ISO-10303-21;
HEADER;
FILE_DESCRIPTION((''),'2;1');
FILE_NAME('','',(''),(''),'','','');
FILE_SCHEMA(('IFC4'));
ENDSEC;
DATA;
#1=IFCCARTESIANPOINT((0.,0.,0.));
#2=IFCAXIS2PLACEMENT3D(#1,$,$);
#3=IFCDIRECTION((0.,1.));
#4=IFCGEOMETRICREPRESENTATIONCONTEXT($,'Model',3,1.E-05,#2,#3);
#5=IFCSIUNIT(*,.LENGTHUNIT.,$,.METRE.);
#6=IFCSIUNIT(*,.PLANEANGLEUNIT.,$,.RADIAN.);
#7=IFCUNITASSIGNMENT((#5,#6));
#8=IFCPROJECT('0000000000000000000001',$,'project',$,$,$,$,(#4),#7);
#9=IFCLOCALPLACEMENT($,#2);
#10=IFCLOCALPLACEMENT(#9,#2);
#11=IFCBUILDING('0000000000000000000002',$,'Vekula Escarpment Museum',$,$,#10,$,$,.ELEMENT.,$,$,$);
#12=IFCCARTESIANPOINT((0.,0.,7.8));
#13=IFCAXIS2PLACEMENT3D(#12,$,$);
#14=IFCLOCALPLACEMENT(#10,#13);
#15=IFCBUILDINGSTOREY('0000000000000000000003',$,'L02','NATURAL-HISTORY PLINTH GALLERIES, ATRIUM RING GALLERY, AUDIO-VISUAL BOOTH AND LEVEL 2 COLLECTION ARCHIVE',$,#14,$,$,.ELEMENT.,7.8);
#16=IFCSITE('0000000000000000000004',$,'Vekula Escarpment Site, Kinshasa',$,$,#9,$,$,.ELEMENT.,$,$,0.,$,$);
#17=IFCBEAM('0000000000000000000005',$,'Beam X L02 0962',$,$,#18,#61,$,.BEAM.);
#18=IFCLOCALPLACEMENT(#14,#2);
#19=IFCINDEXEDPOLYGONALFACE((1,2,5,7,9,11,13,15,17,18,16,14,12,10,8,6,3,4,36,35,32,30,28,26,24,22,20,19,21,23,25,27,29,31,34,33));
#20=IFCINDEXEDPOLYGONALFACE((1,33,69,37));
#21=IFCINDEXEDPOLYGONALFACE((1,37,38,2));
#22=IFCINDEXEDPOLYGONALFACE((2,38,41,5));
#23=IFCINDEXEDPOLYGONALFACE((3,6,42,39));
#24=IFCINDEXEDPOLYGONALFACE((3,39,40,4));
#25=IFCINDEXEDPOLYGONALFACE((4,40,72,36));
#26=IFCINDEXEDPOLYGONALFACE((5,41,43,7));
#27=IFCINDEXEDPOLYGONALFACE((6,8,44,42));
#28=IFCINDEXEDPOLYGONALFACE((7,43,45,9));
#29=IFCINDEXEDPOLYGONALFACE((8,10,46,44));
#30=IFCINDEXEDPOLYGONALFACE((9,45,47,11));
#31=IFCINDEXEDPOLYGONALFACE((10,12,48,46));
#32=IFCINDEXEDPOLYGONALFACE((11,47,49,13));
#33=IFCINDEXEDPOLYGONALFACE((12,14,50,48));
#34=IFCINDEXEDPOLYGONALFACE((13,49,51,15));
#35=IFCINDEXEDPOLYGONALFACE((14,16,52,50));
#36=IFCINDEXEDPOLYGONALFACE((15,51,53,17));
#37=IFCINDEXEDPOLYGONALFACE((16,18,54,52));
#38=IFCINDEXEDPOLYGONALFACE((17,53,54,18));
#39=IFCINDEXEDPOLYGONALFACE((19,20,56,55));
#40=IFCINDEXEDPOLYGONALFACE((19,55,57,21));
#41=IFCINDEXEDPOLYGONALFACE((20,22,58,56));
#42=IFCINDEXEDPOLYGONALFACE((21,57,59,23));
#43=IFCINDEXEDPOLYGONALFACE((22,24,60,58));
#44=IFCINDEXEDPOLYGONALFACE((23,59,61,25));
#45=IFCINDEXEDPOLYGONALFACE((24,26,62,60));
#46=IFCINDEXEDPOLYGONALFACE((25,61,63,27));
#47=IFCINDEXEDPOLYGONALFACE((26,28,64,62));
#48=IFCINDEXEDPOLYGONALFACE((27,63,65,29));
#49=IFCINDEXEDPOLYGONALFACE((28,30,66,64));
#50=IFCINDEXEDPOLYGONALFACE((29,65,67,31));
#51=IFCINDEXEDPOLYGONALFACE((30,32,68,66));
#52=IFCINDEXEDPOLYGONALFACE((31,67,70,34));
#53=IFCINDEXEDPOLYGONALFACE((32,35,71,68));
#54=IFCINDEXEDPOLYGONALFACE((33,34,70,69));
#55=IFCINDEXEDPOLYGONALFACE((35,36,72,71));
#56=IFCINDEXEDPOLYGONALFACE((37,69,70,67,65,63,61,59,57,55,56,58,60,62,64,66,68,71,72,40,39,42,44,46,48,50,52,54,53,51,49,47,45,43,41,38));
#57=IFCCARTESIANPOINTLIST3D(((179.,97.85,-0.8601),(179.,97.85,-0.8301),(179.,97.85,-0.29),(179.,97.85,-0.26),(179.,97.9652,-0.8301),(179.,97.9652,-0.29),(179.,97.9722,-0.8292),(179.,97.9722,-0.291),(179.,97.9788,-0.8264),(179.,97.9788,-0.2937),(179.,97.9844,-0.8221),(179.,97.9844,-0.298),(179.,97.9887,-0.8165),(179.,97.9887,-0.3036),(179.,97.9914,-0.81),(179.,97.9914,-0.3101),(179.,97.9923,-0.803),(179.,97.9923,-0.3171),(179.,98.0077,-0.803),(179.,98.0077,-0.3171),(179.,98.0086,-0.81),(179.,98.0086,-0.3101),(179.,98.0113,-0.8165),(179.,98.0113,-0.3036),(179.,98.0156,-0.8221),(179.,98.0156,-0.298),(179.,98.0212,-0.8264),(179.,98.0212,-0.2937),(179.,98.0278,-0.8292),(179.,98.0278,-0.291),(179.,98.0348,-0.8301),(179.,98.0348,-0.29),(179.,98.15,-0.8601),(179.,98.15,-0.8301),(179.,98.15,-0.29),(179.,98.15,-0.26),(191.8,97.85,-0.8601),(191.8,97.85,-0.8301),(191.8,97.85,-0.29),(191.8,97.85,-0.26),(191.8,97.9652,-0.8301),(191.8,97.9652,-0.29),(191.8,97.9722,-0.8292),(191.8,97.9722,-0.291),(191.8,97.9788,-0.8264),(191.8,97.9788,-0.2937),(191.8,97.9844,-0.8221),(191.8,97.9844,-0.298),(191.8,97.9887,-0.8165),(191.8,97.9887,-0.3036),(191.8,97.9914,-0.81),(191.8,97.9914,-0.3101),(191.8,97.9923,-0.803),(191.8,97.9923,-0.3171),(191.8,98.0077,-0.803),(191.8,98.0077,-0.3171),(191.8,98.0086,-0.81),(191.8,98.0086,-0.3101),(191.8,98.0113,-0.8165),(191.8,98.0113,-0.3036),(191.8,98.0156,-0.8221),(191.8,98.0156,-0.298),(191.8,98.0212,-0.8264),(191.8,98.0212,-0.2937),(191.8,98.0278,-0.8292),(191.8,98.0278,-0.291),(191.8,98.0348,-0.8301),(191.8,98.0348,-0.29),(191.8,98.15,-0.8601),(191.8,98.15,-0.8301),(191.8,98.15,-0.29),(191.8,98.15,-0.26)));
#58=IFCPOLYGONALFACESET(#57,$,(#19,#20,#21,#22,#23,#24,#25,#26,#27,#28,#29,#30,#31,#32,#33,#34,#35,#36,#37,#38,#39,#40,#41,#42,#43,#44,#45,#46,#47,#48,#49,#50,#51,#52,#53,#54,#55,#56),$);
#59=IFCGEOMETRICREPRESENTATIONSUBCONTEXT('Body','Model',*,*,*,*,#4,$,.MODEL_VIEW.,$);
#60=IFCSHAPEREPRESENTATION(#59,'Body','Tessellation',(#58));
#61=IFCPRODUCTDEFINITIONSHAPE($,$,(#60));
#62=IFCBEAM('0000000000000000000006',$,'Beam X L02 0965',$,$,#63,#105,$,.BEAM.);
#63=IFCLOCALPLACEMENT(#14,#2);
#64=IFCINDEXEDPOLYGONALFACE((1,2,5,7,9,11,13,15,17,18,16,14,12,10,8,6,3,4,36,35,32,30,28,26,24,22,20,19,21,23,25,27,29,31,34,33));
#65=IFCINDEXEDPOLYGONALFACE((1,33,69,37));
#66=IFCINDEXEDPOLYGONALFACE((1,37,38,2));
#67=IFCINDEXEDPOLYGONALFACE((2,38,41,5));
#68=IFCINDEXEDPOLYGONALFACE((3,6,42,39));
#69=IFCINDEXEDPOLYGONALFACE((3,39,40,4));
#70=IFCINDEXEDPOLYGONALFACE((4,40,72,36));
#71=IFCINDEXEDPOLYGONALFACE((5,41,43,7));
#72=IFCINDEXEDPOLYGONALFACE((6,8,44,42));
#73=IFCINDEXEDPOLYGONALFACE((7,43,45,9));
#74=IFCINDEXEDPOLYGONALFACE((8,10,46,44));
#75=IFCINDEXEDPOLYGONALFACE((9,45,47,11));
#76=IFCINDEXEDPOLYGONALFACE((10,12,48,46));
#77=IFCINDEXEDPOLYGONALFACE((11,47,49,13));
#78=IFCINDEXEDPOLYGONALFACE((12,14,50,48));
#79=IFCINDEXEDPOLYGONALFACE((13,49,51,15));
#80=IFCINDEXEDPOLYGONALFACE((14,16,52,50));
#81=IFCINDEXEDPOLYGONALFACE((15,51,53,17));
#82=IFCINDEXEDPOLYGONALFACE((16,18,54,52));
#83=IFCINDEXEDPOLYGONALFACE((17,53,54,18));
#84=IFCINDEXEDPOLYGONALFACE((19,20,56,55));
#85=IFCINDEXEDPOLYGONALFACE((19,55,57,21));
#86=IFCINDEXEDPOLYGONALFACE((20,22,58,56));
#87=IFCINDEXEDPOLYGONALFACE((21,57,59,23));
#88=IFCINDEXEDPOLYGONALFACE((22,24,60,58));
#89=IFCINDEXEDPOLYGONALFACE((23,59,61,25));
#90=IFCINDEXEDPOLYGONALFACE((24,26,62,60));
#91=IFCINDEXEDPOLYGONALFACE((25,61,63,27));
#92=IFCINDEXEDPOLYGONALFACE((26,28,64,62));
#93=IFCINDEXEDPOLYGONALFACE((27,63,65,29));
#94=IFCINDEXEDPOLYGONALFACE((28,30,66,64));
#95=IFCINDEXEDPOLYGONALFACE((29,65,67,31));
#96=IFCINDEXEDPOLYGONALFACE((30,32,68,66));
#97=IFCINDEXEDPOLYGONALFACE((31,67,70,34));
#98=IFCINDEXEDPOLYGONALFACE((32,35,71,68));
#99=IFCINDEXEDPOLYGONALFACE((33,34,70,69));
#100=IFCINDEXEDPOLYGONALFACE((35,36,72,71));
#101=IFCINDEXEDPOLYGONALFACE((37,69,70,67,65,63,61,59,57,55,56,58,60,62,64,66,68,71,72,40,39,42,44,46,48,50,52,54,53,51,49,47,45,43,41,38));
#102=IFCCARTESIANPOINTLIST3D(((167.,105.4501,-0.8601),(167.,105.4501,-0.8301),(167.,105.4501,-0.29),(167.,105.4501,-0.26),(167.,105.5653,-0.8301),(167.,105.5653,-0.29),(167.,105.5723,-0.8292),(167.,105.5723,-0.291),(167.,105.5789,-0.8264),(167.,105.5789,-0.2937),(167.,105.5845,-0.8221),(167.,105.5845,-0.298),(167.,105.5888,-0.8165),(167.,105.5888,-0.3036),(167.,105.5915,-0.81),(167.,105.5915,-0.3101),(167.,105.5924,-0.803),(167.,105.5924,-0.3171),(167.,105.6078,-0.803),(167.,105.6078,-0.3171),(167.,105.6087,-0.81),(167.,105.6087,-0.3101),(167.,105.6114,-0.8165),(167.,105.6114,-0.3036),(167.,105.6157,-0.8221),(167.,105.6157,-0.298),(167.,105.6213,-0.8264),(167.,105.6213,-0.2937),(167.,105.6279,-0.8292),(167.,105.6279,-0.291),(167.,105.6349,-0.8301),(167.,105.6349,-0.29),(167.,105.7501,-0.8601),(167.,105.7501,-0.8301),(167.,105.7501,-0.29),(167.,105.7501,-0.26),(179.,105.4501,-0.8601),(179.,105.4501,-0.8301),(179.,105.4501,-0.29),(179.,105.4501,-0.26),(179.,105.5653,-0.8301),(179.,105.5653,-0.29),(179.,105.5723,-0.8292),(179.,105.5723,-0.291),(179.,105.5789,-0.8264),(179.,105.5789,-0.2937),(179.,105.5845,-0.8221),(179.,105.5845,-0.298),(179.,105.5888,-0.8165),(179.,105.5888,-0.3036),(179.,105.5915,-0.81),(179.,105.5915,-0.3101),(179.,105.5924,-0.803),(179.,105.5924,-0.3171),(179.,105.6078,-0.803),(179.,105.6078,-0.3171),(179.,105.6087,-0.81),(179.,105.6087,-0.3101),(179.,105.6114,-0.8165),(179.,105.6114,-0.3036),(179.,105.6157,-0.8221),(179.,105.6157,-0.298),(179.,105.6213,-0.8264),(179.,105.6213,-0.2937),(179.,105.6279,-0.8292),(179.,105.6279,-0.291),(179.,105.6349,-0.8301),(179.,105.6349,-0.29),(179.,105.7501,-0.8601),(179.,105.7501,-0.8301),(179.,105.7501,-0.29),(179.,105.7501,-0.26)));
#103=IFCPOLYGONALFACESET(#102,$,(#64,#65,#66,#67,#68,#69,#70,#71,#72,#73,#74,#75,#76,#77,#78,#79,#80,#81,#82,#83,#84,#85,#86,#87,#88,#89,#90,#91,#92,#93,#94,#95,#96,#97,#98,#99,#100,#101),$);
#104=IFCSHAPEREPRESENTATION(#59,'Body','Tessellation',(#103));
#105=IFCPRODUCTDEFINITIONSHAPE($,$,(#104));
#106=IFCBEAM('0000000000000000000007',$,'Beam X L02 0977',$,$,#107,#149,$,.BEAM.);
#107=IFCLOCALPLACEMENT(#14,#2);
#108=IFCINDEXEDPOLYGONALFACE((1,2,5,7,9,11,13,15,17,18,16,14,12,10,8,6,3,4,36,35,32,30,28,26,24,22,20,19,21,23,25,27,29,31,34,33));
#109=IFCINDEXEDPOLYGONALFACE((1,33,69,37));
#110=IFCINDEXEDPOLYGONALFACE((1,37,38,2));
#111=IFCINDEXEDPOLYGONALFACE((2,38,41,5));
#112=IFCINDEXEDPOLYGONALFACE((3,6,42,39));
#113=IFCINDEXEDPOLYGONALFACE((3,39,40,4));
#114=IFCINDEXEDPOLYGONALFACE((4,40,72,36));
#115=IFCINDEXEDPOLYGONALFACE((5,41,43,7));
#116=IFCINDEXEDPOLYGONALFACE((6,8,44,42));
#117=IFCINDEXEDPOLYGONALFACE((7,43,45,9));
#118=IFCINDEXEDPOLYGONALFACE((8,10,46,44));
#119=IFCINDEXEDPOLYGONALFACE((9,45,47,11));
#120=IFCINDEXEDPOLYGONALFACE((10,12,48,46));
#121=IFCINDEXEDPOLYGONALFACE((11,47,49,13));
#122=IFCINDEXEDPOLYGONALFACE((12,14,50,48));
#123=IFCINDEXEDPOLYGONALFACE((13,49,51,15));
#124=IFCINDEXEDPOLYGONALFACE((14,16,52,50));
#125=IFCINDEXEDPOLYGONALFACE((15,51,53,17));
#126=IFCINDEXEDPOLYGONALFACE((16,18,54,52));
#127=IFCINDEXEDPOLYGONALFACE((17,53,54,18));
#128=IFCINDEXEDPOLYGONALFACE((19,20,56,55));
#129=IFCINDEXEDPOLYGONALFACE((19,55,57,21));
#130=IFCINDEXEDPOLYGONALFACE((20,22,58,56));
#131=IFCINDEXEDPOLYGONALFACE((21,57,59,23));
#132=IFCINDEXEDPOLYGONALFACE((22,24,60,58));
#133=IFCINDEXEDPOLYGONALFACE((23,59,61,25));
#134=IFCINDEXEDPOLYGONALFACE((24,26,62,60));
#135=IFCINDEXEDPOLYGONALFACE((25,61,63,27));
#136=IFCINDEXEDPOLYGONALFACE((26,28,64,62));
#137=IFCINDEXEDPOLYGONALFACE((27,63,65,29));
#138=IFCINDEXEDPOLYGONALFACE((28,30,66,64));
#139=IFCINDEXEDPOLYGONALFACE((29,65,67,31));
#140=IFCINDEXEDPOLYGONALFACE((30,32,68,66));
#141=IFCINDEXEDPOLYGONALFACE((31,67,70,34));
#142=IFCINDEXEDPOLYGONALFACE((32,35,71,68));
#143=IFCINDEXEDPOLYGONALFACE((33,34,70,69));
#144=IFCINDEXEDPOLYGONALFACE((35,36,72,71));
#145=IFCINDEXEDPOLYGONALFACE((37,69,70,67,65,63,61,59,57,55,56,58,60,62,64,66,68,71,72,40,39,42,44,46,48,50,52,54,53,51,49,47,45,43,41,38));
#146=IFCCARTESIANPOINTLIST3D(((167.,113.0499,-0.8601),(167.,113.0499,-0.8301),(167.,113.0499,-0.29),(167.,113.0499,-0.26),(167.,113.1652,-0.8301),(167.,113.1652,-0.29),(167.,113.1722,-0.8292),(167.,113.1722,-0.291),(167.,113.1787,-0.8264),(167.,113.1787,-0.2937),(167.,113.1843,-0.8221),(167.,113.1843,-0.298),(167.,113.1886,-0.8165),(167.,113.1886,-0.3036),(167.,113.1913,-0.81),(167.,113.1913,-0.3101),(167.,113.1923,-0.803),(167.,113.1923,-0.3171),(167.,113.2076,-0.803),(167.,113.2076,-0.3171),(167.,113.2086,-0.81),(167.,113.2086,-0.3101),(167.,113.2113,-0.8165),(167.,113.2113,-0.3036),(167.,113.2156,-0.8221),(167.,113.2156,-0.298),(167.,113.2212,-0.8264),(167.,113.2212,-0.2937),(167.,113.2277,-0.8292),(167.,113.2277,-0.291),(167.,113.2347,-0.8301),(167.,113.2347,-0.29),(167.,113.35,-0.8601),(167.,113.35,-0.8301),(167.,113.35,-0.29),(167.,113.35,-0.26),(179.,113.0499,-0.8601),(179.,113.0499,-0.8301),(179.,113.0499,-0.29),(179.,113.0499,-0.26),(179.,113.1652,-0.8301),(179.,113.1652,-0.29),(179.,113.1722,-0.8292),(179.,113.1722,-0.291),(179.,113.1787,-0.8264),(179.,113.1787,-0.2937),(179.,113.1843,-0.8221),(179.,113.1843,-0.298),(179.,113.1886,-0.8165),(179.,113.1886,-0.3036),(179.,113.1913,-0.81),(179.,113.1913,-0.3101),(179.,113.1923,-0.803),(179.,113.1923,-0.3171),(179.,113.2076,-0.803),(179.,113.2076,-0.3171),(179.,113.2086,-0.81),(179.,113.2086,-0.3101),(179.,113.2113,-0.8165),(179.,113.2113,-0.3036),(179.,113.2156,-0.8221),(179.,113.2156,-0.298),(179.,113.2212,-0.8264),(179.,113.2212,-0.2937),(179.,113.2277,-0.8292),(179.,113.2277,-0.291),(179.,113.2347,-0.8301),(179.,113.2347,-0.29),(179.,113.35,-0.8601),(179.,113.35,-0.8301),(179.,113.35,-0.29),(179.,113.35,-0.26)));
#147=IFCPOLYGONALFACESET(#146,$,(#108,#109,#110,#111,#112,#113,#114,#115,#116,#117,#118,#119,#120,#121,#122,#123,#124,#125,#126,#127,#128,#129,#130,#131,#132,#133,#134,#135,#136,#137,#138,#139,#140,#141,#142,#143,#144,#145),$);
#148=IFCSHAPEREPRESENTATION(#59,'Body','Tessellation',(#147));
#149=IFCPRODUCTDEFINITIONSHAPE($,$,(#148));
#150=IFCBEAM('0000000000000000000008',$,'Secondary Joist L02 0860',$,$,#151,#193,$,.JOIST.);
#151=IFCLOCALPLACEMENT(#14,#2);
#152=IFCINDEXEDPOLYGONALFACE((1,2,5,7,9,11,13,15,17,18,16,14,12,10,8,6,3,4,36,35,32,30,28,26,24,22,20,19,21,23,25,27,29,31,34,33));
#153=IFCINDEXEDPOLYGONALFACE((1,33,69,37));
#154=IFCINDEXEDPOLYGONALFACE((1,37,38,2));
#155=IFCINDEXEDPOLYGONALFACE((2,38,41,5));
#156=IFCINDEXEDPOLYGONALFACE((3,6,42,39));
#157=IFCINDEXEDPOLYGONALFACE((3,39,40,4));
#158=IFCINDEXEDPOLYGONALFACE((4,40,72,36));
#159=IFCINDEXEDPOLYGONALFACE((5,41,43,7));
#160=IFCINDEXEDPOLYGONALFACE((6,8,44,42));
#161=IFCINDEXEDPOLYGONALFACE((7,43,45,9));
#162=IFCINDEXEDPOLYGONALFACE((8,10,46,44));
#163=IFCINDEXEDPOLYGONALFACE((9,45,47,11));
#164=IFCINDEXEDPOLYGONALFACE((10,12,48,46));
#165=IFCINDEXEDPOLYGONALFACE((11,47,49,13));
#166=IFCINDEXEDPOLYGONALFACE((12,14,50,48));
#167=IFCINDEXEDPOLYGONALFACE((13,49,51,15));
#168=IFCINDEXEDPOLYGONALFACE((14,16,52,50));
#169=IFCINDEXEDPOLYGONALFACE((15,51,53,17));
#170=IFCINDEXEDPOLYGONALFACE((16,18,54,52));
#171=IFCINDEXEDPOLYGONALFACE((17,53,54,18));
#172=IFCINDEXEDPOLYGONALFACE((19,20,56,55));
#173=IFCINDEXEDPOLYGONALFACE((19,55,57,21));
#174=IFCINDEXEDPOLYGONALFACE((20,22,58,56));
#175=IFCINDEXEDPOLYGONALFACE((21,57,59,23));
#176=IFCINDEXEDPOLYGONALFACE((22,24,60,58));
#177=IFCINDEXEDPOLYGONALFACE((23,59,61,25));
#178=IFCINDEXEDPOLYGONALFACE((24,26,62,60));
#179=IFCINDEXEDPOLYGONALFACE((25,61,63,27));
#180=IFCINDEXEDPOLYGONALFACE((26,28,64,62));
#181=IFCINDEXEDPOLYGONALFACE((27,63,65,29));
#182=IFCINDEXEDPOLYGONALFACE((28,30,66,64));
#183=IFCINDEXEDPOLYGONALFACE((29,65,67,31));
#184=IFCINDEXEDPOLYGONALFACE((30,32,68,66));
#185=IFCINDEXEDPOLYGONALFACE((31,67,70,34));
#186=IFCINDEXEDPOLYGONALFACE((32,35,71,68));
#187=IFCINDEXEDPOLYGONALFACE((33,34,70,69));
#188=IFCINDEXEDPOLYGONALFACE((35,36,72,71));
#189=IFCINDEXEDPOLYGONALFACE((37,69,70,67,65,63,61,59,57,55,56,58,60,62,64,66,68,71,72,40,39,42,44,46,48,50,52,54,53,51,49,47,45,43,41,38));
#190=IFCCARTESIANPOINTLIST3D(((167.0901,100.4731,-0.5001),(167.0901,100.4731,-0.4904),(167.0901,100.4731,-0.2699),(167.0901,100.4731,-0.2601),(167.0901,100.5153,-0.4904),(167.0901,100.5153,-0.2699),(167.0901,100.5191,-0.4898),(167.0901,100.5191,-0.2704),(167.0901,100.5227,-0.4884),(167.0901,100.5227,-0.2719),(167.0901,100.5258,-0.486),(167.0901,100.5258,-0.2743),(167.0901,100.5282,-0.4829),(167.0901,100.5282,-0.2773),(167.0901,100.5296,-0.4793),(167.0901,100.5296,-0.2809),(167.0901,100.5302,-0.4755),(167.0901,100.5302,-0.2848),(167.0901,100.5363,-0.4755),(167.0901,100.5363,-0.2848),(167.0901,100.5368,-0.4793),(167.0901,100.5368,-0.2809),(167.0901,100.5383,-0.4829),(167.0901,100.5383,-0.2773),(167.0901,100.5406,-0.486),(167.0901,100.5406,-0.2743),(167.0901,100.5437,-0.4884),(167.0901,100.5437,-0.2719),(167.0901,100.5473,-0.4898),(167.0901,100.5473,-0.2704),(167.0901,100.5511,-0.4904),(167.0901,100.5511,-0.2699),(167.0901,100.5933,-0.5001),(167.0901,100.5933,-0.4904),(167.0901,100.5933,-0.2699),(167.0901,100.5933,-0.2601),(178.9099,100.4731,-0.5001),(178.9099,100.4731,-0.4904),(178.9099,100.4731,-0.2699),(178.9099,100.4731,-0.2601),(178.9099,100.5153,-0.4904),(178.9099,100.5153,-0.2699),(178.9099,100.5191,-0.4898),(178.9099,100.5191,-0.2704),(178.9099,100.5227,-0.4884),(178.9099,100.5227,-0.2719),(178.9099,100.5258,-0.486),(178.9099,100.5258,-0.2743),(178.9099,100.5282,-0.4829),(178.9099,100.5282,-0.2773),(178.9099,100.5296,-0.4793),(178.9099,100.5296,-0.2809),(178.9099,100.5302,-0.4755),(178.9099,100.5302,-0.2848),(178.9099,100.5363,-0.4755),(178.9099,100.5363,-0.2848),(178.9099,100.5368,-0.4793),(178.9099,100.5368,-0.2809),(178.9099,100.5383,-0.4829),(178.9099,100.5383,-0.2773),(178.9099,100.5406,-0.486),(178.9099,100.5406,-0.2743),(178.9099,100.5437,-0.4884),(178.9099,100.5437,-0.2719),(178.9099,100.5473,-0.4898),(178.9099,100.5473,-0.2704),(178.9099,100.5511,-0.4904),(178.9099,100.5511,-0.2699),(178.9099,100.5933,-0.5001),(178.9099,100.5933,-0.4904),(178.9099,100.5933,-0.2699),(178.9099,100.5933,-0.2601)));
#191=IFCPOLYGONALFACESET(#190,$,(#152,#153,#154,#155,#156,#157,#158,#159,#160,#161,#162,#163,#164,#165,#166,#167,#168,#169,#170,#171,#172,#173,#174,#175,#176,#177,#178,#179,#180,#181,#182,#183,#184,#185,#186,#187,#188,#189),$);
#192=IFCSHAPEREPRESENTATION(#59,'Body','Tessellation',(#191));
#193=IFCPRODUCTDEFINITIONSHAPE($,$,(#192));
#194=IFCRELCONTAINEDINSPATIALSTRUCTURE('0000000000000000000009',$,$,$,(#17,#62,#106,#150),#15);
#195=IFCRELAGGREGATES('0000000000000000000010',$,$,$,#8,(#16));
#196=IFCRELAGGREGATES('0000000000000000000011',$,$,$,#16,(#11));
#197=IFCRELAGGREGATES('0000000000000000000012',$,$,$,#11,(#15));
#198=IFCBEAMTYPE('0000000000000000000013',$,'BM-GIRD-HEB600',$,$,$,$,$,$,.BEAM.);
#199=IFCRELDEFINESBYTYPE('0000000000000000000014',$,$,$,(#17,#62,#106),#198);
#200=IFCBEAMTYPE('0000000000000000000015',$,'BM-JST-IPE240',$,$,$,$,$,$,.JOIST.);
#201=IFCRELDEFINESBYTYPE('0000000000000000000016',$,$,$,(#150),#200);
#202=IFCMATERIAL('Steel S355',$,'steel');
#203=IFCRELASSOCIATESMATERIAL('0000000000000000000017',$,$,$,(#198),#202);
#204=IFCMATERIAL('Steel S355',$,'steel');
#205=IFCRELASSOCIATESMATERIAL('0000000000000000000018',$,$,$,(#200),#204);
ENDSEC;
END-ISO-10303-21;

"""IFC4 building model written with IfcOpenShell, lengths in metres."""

from ifc_helpers import new_model, si_unit, direction, frame, origin, origin_2d, place, context, subcontext, project, spatial, i_section, extrude, material, material_profile, profile_set, type_object, element, save


model = new_model("IFC4")

# Units and contexts
model_context = context("Model", 3, precision=1e-05, world=origin(), true_north=direction((0.0, 1.0)))
body_context = subcontext(model_context, "Body", "Model", "MODEL_VIEW")
ifc_project = project(units=[si_unit("LENGTHUNIT", "METRE"), si_unit("PLANEANGLEUNIT", "RADIAN")], contexts=[model_context])

# Site, building, storey
site_placement = place(None, origin())
site = spatial("IfcSite", under=ifc_project, at=site_placement, Name="Vekula Escarpment Site, Kinshasa", CompositionType="ELEMENT", RefElevation=0.0)
building_placement = place(site_placement, origin())
building = spatial("IfcBuilding", under=site, at=building_placement, Name="Vekula Escarpment Museum", CompositionType="ELEMENT")
storey_placement = place(building_placement, frame((0.0, 0.0, 7.8)))
storey = spatial("IfcBuildingStorey", under=building, at=storey_placement, Name="L02", Description="NATURAL-HISTORY PLINTH GALLERIES, ATRIUM RING GALLERY, AUDIO-VISUAL BOOTH AND LEVEL 2 COLLECTION ARCHIVE", CompositionType="ELEMENT", Elevation=7.8)

# Beams
ifc_material_1 = material(Name="Steel S355", Category="steel")
ifc_material_profile_1 = material_profile(ifc_material_1, i_section(OverallWidth=0.3, OverallDepth=0.6001, WebThickness=0.0154, FlangeThickness=0.03, FilletRadius=0.0271, at=origin_2d()), Name="HEB 600")
ifc_profile_set_1 = profile_set([ifc_material_profile_1], Name="Steel S355")
beam_type_1 = type_object("IfcBeamType", Name="BM-GIRD-HEB600", PredefinedType="BEAM", material=ifc_profile_set_1)
beam_1_placement = place(storey_placement, frame((179.0, 98.0, -0.5601), z_axis=(1.0, 0.0, 0.0), x_axis=(0.0, 1.0, 0.0)))
element("IfcBeam", 1, at=beam_1_placement, inside=storey, type_object=beam_type_1, Name="Beam X L02 0962", PredefinedType="BEAM", context=body_context, shape_type="SweptSolid", body=[
    extrude(i_section(OverallWidth=0.3, OverallDepth=0.6001, WebThickness=0.0154, FlangeThickness=0.03, FilletRadius=0.0271, at=origin_2d()), origin(), (0.0, 0.0, 1.0), 12.8),
])
for number, where, z_axis, x_axis, name in (
    (2, (167.0, 105.6001, -0.5601), (1.0, 0.0, 0.0), (0.0, 1.0, 0.0), "Beam X L02 0965"),
    (3, (167.0, 113.2, -0.5601), (1.0, 0.0, 0.0), (0.0, 1.0, 0.0), "Beam X L02 0977"),
):
    element("IfcBeam", number, at=place(storey_placement, frame(where, z_axis=z_axis, x_axis=x_axis)), inside=storey, type_object=beam_type_1, Name=name, PredefinedType="BEAM", context=body_context, shape_type="SweptSolid", body=[
        extrude(i_section(OverallWidth=0.3, OverallDepth=0.6001, WebThickness=0.0154, FlangeThickness=0.03, FilletRadius=0.0271, at=origin_2d()), origin(), (0.0, 0.0, 1.0), 12.0),
    ])
ifc_material_2 = material(Name="Steel S355", Category="steel")
ifc_material_profile_2 = material_profile(ifc_material_2, i_section(OverallWidth=0.1201, OverallDepth=0.24, WebThickness=0.0061, FlangeThickness=0.0098, FilletRadius=0.0149, at=origin_2d()), Name="IPE 240")
ifc_profile_set_2 = profile_set([ifc_material_profile_2], Name="Steel S355")
beam_type_2 = type_object("IfcBeamType", Name="BM-JST-IPE240", PredefinedType="JOIST", material=ifc_profile_set_2)
for number, where, z_axis, x_axis, name in (
    (4, (167.0901, 100.5332, -0.3801), (1.0, 0.0, 0.0), (0.0, 1.0, 0.0), "Secondary Joist L02 0860"),
):
    element("IfcBeam", number, at=place(storey_placement, frame(where, z_axis=z_axis, x_axis=x_axis)), inside=storey, type_object=beam_type_2, Name=name, PredefinedType="JOIST", context=body_context, shape_type="SweptSolid", body=[
        extrude(i_section(OverallWidth=0.1201, OverallDepth=0.24, WebThickness=0.0061, FlangeThickness=0.0098, FilletRadius=0.0149, at=origin_2d()), origin(), (0.0, 0.0, 1.0), 11.8198),
    ])

save(model, "model.ifc")
